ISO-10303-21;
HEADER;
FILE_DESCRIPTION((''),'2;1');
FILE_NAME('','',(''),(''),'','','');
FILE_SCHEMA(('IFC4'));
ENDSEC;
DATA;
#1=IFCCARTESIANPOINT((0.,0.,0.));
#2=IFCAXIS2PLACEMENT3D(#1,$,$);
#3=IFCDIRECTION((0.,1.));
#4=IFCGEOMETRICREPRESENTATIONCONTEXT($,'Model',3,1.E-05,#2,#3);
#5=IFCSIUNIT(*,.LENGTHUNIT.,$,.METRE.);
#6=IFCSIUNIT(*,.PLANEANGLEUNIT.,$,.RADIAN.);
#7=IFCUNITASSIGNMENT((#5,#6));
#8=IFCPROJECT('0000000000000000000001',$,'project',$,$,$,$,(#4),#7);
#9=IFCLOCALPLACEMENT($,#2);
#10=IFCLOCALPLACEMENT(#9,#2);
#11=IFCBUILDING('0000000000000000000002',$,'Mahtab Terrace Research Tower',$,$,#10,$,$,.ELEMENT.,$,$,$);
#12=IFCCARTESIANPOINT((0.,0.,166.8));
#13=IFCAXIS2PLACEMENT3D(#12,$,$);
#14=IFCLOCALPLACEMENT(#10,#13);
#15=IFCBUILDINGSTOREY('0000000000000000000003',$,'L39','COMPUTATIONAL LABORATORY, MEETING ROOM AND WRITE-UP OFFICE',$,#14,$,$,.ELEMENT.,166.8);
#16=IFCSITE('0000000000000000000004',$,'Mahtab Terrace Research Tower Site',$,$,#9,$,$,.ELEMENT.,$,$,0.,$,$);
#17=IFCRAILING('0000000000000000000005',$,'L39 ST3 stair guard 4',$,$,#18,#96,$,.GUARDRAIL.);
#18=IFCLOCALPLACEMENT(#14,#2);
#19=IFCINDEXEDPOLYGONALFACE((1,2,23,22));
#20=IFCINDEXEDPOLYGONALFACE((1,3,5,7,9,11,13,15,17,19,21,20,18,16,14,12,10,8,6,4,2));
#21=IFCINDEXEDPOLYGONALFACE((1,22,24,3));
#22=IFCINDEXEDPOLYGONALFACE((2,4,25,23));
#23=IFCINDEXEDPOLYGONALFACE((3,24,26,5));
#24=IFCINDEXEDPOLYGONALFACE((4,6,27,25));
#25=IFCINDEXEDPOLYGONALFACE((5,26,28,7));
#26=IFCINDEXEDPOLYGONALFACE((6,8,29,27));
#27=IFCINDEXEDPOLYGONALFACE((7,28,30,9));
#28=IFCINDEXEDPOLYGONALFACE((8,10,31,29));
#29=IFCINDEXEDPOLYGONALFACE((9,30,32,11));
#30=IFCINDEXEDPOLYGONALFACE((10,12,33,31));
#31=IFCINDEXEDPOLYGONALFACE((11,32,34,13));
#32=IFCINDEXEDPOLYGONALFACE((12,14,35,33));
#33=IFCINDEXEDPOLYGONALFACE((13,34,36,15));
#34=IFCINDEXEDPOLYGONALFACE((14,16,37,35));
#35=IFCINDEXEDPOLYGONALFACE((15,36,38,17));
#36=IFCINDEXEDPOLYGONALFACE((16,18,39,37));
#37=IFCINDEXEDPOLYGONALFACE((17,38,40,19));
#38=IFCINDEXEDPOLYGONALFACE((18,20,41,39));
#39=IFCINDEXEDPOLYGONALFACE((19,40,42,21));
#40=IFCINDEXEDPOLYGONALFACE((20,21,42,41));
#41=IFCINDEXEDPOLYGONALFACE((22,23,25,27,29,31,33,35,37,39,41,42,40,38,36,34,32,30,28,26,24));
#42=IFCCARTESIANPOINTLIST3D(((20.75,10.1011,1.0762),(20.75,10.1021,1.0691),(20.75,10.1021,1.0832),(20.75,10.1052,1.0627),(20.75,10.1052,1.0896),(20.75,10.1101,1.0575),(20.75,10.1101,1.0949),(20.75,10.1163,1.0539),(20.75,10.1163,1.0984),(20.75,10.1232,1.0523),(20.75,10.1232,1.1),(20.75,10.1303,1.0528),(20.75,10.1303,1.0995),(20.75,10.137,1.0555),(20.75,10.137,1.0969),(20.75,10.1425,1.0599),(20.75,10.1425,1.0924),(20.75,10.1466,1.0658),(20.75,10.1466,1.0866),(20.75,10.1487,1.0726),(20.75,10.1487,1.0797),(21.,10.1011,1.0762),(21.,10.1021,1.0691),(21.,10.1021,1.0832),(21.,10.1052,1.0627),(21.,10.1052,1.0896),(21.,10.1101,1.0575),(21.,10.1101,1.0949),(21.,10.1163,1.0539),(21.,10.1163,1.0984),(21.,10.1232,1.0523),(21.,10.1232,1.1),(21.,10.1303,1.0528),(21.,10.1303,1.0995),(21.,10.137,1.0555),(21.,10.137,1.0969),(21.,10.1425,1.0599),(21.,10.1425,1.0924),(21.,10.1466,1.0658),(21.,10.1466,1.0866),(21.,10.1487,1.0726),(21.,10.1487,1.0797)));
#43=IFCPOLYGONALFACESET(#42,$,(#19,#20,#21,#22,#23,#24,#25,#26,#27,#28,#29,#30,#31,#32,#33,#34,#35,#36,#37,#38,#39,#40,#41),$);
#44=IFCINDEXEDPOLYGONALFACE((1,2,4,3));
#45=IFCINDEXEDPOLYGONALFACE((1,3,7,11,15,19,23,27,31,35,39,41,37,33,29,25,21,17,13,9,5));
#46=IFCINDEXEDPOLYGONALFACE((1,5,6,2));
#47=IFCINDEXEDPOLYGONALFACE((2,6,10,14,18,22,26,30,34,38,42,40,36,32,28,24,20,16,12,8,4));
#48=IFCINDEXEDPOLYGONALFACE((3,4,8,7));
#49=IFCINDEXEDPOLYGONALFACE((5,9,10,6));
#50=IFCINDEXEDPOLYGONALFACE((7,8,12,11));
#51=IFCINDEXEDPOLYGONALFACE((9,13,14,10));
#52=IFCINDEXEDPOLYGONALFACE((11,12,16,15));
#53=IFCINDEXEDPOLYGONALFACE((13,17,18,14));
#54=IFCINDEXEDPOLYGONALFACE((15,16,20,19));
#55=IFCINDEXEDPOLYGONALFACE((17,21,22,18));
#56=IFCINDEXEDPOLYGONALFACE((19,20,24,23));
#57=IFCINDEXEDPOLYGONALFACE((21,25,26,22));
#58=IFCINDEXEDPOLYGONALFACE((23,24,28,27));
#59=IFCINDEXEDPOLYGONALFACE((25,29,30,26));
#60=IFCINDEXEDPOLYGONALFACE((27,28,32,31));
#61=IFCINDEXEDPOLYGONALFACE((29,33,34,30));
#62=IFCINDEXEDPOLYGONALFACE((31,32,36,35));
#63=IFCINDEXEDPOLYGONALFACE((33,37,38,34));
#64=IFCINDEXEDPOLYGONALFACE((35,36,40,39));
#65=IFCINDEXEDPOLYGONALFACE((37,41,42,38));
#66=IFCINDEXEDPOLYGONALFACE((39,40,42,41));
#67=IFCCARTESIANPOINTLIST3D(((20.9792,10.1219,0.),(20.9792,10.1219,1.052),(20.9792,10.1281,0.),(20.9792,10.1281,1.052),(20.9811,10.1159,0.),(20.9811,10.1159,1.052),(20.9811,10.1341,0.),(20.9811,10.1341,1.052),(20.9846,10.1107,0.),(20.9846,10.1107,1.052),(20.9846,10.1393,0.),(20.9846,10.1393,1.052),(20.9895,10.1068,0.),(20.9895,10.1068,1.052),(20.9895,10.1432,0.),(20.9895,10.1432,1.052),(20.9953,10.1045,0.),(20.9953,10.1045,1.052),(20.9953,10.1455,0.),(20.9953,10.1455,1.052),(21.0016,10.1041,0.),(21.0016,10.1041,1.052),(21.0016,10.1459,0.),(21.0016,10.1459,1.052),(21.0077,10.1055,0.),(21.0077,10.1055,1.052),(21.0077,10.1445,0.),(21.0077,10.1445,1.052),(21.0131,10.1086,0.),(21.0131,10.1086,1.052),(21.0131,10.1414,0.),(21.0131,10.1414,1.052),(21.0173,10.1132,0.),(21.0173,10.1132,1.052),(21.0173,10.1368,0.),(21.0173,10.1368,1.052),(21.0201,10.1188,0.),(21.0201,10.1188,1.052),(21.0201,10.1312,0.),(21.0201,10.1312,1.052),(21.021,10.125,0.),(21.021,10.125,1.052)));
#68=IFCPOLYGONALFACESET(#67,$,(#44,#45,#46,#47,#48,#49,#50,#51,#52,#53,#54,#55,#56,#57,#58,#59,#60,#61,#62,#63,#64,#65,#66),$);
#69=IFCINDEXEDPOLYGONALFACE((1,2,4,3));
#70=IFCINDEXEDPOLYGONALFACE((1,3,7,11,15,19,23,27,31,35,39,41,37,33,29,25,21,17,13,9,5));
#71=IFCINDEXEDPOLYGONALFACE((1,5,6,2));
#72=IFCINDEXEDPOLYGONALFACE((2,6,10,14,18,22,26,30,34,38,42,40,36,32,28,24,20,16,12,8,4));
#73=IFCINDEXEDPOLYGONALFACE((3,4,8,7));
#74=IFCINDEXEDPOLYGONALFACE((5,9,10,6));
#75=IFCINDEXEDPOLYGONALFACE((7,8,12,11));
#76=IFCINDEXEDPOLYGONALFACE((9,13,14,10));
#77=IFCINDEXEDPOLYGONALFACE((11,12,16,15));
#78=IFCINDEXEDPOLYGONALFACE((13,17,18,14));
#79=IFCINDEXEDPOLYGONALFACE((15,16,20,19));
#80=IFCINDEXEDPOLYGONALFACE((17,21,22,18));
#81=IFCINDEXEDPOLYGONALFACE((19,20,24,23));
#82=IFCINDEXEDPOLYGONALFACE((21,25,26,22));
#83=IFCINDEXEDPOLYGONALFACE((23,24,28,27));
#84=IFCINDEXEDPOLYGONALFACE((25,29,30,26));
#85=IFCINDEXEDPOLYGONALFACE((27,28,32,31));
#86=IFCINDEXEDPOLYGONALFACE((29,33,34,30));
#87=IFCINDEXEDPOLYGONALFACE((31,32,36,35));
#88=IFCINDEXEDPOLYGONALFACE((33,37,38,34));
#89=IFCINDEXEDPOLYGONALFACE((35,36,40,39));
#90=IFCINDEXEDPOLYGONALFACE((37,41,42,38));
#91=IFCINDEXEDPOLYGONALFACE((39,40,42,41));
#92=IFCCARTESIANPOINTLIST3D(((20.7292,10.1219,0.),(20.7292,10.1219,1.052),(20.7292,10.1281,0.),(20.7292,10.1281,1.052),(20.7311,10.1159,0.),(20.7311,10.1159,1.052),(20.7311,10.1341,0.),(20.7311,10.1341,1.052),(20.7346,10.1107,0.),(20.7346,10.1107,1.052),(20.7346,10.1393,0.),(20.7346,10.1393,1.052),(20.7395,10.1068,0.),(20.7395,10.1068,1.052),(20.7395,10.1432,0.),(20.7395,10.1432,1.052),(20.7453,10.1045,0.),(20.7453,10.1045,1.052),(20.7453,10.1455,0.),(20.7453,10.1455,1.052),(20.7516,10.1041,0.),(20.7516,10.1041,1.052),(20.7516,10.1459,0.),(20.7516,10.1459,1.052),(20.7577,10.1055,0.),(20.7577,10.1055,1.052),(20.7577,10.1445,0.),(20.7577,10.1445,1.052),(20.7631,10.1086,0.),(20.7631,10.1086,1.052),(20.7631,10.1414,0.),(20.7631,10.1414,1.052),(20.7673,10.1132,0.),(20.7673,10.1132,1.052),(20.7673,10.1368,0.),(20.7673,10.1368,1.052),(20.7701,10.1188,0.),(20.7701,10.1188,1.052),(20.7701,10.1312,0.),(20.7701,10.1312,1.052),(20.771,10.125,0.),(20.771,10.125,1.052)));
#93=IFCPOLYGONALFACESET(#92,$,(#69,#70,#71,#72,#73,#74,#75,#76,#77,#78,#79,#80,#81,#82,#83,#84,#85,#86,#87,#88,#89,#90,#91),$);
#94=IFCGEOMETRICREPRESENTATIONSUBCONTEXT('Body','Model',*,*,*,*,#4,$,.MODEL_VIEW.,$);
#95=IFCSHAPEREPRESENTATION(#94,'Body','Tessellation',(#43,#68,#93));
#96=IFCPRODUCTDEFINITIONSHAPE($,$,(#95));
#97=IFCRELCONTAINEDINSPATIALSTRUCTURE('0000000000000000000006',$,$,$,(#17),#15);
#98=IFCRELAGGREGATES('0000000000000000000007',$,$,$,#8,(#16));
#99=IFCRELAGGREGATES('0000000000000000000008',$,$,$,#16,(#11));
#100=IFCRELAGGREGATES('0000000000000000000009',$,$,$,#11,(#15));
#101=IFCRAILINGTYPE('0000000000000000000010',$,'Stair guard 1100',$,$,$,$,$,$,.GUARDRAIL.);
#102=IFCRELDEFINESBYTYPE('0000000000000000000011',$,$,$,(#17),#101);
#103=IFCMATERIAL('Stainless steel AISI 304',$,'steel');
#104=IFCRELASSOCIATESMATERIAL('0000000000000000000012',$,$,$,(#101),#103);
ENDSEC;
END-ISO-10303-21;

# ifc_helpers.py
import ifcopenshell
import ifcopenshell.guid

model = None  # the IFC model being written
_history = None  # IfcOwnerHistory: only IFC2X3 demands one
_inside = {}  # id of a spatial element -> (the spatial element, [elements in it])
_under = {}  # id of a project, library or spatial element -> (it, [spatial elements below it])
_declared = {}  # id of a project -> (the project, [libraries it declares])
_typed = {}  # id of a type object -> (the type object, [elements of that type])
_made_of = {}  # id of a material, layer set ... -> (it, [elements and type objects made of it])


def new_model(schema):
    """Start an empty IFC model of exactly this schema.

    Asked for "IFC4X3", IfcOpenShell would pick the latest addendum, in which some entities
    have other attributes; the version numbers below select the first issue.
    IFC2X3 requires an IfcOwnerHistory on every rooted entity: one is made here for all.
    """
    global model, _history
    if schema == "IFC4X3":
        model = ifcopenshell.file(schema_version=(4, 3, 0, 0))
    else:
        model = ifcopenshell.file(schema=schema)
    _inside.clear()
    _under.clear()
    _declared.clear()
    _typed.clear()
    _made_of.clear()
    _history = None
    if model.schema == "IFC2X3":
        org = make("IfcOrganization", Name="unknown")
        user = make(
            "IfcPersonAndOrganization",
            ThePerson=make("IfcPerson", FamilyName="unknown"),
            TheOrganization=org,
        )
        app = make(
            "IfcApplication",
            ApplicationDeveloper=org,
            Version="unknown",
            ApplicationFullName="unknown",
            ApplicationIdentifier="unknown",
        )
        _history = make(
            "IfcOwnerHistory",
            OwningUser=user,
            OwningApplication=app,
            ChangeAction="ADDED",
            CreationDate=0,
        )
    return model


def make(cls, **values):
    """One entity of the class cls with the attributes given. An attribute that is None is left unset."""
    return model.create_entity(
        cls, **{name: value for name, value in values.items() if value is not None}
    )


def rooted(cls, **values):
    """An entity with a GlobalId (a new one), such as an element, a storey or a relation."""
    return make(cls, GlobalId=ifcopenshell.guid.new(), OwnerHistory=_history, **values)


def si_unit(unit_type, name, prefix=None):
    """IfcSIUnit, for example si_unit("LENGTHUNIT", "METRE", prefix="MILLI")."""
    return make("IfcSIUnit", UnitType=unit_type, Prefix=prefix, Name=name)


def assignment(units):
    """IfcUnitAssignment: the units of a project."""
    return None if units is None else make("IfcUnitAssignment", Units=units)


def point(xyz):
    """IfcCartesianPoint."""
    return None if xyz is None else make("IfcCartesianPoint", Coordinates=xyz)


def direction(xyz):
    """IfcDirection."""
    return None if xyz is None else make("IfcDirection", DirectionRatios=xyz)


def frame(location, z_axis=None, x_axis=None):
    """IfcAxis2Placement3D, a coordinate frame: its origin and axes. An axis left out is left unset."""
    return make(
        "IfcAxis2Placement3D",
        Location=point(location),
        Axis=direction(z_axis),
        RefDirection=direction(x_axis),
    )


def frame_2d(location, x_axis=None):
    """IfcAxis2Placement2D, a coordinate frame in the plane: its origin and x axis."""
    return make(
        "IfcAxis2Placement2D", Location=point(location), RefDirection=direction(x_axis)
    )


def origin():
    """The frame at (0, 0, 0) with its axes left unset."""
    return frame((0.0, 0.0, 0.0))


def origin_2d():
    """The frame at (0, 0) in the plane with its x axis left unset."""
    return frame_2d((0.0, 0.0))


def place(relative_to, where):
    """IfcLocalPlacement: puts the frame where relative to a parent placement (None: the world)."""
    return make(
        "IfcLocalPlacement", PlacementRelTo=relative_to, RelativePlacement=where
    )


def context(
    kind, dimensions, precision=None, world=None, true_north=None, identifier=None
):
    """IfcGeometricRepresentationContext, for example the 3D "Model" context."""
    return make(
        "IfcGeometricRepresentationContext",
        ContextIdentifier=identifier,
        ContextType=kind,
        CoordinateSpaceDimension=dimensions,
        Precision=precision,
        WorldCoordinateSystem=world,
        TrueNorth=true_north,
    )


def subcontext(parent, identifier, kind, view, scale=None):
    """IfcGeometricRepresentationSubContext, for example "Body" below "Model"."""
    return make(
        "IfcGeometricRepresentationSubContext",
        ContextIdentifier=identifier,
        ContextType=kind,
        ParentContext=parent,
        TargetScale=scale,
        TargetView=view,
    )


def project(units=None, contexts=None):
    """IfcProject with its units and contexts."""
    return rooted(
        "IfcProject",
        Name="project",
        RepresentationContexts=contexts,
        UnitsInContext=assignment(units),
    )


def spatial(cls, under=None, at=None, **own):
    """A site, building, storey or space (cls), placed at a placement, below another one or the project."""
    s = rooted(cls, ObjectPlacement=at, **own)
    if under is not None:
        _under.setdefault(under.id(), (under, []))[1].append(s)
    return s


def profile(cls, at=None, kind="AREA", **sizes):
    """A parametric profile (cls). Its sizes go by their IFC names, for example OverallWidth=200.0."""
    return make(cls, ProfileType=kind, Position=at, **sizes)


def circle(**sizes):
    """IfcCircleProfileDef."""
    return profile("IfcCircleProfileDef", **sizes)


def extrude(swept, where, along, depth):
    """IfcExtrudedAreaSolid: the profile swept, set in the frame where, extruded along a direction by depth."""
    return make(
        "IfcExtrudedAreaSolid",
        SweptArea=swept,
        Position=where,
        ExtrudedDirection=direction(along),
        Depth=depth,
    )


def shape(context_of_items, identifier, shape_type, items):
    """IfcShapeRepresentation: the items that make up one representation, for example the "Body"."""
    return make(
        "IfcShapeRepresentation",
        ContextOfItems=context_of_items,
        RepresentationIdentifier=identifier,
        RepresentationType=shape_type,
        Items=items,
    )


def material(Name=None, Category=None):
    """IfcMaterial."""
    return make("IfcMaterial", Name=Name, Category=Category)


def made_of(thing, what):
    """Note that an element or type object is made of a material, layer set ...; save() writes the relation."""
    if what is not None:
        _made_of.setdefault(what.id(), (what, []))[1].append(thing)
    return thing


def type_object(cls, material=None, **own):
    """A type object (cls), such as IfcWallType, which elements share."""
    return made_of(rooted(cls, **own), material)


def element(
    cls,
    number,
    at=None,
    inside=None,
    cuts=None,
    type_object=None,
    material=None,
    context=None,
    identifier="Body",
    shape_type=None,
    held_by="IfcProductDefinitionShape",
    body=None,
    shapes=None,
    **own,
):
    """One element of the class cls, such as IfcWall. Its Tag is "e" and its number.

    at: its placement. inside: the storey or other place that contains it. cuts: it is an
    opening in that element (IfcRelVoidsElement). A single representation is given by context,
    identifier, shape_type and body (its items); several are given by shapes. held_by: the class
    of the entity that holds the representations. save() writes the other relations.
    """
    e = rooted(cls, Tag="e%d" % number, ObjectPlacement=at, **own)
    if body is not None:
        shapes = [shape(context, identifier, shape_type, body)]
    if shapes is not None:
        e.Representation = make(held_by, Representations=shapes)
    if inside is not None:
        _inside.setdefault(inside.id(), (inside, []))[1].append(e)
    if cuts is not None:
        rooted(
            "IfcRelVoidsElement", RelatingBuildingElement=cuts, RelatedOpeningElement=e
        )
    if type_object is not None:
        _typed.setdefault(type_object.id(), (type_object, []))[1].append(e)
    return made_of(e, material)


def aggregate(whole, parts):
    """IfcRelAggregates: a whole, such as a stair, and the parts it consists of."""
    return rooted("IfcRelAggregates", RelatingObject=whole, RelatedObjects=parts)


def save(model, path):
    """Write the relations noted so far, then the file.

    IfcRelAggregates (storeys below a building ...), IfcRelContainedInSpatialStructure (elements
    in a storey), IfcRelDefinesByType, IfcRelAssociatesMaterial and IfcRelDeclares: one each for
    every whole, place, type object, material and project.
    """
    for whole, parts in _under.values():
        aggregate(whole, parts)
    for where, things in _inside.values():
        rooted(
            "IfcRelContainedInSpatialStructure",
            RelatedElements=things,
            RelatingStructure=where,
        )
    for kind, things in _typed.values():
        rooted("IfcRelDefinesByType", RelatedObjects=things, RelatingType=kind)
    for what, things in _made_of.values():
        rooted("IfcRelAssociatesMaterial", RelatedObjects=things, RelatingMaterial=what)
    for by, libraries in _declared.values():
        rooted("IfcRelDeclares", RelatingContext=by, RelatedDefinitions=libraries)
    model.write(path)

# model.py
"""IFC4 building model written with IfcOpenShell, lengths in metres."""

from ifc_helpers import new_model, si_unit, direction, frame, origin, origin_2d, place, context, subcontext, project, spatial, circle, extrude, material, type_object, element, save


model = new_model("IFC4")

# Units and contexts
model_context = context("Model", 3, precision=1e-05, world=origin(), true_north=direction((0.0, 1.0)))
body_context = subcontext(model_context, "Body", "Model", "MODEL_VIEW")
ifc_project = project(units=[si_unit("LENGTHUNIT", "METRE"), si_unit("PLANEANGLEUNIT", "RADIAN")], contexts=[model_context])

# Site, building, storey
site_placement = place(None, origin())
site = spatial("IfcSite", under=ifc_project, at=site_placement, Name="Mahtab Terrace Research Tower Site", CompositionType="ELEMENT", RefElevation=0.0)
building_placement = place(site_placement, origin())
building = spatial("IfcBuilding", under=site, at=building_placement, Name="Mahtab Terrace Research Tower", CompositionType="ELEMENT")
storey_placement = place(building_placement, frame((0.0, 0.0, 166.8)))
storey = spatial("IfcBuildingStorey", under=building, at=storey_placement, Name="L39", Description="COMPUTATIONAL LABORATORY, MEETING ROOM AND WRITE-UP OFFICE", CompositionType="ELEMENT", Elevation=166.8)

# Railing
ifc_material_1 = material(Name="Stainless steel AISI 304", Category="steel")
railing_type_1 = type_object("IfcRailingType", Name="Stair guard 1100", PredefinedType="GUARDRAIL", material=ifc_material_1)
railing_1_placement = place(storey_placement, frame((21.0, 10.125, 0.0)))
element("IfcRailing", 1, at=railing_1_placement, inside=storey, type_object=railing_type_1, Name="L39 ST3 stair guard 4", PredefinedType="GUARDRAIL", context=body_context, shape_type="SweptSolid", body=[
    extrude(circle(Radius=0.0239, at=origin_2d()), frame((0.0, 0.0, 1.0762), z_axis=(-1.0, 0.0, 0.0), x_axis=(0.0, -1.0, 0.0)), (0.0, 0.0, 1.0), 0.25),
    extrude(circle(Radius=0.021, at=origin_2d()), origin(), (0.0, 0.0, 1.0), 1.052),
    extrude(circle(Radius=0.021, at=origin_2d()), frame((-0.25, 0.0, 0.0)), (0.0, 0.0, 1.0), 1.052),
])

save(model, "model.ifc")
